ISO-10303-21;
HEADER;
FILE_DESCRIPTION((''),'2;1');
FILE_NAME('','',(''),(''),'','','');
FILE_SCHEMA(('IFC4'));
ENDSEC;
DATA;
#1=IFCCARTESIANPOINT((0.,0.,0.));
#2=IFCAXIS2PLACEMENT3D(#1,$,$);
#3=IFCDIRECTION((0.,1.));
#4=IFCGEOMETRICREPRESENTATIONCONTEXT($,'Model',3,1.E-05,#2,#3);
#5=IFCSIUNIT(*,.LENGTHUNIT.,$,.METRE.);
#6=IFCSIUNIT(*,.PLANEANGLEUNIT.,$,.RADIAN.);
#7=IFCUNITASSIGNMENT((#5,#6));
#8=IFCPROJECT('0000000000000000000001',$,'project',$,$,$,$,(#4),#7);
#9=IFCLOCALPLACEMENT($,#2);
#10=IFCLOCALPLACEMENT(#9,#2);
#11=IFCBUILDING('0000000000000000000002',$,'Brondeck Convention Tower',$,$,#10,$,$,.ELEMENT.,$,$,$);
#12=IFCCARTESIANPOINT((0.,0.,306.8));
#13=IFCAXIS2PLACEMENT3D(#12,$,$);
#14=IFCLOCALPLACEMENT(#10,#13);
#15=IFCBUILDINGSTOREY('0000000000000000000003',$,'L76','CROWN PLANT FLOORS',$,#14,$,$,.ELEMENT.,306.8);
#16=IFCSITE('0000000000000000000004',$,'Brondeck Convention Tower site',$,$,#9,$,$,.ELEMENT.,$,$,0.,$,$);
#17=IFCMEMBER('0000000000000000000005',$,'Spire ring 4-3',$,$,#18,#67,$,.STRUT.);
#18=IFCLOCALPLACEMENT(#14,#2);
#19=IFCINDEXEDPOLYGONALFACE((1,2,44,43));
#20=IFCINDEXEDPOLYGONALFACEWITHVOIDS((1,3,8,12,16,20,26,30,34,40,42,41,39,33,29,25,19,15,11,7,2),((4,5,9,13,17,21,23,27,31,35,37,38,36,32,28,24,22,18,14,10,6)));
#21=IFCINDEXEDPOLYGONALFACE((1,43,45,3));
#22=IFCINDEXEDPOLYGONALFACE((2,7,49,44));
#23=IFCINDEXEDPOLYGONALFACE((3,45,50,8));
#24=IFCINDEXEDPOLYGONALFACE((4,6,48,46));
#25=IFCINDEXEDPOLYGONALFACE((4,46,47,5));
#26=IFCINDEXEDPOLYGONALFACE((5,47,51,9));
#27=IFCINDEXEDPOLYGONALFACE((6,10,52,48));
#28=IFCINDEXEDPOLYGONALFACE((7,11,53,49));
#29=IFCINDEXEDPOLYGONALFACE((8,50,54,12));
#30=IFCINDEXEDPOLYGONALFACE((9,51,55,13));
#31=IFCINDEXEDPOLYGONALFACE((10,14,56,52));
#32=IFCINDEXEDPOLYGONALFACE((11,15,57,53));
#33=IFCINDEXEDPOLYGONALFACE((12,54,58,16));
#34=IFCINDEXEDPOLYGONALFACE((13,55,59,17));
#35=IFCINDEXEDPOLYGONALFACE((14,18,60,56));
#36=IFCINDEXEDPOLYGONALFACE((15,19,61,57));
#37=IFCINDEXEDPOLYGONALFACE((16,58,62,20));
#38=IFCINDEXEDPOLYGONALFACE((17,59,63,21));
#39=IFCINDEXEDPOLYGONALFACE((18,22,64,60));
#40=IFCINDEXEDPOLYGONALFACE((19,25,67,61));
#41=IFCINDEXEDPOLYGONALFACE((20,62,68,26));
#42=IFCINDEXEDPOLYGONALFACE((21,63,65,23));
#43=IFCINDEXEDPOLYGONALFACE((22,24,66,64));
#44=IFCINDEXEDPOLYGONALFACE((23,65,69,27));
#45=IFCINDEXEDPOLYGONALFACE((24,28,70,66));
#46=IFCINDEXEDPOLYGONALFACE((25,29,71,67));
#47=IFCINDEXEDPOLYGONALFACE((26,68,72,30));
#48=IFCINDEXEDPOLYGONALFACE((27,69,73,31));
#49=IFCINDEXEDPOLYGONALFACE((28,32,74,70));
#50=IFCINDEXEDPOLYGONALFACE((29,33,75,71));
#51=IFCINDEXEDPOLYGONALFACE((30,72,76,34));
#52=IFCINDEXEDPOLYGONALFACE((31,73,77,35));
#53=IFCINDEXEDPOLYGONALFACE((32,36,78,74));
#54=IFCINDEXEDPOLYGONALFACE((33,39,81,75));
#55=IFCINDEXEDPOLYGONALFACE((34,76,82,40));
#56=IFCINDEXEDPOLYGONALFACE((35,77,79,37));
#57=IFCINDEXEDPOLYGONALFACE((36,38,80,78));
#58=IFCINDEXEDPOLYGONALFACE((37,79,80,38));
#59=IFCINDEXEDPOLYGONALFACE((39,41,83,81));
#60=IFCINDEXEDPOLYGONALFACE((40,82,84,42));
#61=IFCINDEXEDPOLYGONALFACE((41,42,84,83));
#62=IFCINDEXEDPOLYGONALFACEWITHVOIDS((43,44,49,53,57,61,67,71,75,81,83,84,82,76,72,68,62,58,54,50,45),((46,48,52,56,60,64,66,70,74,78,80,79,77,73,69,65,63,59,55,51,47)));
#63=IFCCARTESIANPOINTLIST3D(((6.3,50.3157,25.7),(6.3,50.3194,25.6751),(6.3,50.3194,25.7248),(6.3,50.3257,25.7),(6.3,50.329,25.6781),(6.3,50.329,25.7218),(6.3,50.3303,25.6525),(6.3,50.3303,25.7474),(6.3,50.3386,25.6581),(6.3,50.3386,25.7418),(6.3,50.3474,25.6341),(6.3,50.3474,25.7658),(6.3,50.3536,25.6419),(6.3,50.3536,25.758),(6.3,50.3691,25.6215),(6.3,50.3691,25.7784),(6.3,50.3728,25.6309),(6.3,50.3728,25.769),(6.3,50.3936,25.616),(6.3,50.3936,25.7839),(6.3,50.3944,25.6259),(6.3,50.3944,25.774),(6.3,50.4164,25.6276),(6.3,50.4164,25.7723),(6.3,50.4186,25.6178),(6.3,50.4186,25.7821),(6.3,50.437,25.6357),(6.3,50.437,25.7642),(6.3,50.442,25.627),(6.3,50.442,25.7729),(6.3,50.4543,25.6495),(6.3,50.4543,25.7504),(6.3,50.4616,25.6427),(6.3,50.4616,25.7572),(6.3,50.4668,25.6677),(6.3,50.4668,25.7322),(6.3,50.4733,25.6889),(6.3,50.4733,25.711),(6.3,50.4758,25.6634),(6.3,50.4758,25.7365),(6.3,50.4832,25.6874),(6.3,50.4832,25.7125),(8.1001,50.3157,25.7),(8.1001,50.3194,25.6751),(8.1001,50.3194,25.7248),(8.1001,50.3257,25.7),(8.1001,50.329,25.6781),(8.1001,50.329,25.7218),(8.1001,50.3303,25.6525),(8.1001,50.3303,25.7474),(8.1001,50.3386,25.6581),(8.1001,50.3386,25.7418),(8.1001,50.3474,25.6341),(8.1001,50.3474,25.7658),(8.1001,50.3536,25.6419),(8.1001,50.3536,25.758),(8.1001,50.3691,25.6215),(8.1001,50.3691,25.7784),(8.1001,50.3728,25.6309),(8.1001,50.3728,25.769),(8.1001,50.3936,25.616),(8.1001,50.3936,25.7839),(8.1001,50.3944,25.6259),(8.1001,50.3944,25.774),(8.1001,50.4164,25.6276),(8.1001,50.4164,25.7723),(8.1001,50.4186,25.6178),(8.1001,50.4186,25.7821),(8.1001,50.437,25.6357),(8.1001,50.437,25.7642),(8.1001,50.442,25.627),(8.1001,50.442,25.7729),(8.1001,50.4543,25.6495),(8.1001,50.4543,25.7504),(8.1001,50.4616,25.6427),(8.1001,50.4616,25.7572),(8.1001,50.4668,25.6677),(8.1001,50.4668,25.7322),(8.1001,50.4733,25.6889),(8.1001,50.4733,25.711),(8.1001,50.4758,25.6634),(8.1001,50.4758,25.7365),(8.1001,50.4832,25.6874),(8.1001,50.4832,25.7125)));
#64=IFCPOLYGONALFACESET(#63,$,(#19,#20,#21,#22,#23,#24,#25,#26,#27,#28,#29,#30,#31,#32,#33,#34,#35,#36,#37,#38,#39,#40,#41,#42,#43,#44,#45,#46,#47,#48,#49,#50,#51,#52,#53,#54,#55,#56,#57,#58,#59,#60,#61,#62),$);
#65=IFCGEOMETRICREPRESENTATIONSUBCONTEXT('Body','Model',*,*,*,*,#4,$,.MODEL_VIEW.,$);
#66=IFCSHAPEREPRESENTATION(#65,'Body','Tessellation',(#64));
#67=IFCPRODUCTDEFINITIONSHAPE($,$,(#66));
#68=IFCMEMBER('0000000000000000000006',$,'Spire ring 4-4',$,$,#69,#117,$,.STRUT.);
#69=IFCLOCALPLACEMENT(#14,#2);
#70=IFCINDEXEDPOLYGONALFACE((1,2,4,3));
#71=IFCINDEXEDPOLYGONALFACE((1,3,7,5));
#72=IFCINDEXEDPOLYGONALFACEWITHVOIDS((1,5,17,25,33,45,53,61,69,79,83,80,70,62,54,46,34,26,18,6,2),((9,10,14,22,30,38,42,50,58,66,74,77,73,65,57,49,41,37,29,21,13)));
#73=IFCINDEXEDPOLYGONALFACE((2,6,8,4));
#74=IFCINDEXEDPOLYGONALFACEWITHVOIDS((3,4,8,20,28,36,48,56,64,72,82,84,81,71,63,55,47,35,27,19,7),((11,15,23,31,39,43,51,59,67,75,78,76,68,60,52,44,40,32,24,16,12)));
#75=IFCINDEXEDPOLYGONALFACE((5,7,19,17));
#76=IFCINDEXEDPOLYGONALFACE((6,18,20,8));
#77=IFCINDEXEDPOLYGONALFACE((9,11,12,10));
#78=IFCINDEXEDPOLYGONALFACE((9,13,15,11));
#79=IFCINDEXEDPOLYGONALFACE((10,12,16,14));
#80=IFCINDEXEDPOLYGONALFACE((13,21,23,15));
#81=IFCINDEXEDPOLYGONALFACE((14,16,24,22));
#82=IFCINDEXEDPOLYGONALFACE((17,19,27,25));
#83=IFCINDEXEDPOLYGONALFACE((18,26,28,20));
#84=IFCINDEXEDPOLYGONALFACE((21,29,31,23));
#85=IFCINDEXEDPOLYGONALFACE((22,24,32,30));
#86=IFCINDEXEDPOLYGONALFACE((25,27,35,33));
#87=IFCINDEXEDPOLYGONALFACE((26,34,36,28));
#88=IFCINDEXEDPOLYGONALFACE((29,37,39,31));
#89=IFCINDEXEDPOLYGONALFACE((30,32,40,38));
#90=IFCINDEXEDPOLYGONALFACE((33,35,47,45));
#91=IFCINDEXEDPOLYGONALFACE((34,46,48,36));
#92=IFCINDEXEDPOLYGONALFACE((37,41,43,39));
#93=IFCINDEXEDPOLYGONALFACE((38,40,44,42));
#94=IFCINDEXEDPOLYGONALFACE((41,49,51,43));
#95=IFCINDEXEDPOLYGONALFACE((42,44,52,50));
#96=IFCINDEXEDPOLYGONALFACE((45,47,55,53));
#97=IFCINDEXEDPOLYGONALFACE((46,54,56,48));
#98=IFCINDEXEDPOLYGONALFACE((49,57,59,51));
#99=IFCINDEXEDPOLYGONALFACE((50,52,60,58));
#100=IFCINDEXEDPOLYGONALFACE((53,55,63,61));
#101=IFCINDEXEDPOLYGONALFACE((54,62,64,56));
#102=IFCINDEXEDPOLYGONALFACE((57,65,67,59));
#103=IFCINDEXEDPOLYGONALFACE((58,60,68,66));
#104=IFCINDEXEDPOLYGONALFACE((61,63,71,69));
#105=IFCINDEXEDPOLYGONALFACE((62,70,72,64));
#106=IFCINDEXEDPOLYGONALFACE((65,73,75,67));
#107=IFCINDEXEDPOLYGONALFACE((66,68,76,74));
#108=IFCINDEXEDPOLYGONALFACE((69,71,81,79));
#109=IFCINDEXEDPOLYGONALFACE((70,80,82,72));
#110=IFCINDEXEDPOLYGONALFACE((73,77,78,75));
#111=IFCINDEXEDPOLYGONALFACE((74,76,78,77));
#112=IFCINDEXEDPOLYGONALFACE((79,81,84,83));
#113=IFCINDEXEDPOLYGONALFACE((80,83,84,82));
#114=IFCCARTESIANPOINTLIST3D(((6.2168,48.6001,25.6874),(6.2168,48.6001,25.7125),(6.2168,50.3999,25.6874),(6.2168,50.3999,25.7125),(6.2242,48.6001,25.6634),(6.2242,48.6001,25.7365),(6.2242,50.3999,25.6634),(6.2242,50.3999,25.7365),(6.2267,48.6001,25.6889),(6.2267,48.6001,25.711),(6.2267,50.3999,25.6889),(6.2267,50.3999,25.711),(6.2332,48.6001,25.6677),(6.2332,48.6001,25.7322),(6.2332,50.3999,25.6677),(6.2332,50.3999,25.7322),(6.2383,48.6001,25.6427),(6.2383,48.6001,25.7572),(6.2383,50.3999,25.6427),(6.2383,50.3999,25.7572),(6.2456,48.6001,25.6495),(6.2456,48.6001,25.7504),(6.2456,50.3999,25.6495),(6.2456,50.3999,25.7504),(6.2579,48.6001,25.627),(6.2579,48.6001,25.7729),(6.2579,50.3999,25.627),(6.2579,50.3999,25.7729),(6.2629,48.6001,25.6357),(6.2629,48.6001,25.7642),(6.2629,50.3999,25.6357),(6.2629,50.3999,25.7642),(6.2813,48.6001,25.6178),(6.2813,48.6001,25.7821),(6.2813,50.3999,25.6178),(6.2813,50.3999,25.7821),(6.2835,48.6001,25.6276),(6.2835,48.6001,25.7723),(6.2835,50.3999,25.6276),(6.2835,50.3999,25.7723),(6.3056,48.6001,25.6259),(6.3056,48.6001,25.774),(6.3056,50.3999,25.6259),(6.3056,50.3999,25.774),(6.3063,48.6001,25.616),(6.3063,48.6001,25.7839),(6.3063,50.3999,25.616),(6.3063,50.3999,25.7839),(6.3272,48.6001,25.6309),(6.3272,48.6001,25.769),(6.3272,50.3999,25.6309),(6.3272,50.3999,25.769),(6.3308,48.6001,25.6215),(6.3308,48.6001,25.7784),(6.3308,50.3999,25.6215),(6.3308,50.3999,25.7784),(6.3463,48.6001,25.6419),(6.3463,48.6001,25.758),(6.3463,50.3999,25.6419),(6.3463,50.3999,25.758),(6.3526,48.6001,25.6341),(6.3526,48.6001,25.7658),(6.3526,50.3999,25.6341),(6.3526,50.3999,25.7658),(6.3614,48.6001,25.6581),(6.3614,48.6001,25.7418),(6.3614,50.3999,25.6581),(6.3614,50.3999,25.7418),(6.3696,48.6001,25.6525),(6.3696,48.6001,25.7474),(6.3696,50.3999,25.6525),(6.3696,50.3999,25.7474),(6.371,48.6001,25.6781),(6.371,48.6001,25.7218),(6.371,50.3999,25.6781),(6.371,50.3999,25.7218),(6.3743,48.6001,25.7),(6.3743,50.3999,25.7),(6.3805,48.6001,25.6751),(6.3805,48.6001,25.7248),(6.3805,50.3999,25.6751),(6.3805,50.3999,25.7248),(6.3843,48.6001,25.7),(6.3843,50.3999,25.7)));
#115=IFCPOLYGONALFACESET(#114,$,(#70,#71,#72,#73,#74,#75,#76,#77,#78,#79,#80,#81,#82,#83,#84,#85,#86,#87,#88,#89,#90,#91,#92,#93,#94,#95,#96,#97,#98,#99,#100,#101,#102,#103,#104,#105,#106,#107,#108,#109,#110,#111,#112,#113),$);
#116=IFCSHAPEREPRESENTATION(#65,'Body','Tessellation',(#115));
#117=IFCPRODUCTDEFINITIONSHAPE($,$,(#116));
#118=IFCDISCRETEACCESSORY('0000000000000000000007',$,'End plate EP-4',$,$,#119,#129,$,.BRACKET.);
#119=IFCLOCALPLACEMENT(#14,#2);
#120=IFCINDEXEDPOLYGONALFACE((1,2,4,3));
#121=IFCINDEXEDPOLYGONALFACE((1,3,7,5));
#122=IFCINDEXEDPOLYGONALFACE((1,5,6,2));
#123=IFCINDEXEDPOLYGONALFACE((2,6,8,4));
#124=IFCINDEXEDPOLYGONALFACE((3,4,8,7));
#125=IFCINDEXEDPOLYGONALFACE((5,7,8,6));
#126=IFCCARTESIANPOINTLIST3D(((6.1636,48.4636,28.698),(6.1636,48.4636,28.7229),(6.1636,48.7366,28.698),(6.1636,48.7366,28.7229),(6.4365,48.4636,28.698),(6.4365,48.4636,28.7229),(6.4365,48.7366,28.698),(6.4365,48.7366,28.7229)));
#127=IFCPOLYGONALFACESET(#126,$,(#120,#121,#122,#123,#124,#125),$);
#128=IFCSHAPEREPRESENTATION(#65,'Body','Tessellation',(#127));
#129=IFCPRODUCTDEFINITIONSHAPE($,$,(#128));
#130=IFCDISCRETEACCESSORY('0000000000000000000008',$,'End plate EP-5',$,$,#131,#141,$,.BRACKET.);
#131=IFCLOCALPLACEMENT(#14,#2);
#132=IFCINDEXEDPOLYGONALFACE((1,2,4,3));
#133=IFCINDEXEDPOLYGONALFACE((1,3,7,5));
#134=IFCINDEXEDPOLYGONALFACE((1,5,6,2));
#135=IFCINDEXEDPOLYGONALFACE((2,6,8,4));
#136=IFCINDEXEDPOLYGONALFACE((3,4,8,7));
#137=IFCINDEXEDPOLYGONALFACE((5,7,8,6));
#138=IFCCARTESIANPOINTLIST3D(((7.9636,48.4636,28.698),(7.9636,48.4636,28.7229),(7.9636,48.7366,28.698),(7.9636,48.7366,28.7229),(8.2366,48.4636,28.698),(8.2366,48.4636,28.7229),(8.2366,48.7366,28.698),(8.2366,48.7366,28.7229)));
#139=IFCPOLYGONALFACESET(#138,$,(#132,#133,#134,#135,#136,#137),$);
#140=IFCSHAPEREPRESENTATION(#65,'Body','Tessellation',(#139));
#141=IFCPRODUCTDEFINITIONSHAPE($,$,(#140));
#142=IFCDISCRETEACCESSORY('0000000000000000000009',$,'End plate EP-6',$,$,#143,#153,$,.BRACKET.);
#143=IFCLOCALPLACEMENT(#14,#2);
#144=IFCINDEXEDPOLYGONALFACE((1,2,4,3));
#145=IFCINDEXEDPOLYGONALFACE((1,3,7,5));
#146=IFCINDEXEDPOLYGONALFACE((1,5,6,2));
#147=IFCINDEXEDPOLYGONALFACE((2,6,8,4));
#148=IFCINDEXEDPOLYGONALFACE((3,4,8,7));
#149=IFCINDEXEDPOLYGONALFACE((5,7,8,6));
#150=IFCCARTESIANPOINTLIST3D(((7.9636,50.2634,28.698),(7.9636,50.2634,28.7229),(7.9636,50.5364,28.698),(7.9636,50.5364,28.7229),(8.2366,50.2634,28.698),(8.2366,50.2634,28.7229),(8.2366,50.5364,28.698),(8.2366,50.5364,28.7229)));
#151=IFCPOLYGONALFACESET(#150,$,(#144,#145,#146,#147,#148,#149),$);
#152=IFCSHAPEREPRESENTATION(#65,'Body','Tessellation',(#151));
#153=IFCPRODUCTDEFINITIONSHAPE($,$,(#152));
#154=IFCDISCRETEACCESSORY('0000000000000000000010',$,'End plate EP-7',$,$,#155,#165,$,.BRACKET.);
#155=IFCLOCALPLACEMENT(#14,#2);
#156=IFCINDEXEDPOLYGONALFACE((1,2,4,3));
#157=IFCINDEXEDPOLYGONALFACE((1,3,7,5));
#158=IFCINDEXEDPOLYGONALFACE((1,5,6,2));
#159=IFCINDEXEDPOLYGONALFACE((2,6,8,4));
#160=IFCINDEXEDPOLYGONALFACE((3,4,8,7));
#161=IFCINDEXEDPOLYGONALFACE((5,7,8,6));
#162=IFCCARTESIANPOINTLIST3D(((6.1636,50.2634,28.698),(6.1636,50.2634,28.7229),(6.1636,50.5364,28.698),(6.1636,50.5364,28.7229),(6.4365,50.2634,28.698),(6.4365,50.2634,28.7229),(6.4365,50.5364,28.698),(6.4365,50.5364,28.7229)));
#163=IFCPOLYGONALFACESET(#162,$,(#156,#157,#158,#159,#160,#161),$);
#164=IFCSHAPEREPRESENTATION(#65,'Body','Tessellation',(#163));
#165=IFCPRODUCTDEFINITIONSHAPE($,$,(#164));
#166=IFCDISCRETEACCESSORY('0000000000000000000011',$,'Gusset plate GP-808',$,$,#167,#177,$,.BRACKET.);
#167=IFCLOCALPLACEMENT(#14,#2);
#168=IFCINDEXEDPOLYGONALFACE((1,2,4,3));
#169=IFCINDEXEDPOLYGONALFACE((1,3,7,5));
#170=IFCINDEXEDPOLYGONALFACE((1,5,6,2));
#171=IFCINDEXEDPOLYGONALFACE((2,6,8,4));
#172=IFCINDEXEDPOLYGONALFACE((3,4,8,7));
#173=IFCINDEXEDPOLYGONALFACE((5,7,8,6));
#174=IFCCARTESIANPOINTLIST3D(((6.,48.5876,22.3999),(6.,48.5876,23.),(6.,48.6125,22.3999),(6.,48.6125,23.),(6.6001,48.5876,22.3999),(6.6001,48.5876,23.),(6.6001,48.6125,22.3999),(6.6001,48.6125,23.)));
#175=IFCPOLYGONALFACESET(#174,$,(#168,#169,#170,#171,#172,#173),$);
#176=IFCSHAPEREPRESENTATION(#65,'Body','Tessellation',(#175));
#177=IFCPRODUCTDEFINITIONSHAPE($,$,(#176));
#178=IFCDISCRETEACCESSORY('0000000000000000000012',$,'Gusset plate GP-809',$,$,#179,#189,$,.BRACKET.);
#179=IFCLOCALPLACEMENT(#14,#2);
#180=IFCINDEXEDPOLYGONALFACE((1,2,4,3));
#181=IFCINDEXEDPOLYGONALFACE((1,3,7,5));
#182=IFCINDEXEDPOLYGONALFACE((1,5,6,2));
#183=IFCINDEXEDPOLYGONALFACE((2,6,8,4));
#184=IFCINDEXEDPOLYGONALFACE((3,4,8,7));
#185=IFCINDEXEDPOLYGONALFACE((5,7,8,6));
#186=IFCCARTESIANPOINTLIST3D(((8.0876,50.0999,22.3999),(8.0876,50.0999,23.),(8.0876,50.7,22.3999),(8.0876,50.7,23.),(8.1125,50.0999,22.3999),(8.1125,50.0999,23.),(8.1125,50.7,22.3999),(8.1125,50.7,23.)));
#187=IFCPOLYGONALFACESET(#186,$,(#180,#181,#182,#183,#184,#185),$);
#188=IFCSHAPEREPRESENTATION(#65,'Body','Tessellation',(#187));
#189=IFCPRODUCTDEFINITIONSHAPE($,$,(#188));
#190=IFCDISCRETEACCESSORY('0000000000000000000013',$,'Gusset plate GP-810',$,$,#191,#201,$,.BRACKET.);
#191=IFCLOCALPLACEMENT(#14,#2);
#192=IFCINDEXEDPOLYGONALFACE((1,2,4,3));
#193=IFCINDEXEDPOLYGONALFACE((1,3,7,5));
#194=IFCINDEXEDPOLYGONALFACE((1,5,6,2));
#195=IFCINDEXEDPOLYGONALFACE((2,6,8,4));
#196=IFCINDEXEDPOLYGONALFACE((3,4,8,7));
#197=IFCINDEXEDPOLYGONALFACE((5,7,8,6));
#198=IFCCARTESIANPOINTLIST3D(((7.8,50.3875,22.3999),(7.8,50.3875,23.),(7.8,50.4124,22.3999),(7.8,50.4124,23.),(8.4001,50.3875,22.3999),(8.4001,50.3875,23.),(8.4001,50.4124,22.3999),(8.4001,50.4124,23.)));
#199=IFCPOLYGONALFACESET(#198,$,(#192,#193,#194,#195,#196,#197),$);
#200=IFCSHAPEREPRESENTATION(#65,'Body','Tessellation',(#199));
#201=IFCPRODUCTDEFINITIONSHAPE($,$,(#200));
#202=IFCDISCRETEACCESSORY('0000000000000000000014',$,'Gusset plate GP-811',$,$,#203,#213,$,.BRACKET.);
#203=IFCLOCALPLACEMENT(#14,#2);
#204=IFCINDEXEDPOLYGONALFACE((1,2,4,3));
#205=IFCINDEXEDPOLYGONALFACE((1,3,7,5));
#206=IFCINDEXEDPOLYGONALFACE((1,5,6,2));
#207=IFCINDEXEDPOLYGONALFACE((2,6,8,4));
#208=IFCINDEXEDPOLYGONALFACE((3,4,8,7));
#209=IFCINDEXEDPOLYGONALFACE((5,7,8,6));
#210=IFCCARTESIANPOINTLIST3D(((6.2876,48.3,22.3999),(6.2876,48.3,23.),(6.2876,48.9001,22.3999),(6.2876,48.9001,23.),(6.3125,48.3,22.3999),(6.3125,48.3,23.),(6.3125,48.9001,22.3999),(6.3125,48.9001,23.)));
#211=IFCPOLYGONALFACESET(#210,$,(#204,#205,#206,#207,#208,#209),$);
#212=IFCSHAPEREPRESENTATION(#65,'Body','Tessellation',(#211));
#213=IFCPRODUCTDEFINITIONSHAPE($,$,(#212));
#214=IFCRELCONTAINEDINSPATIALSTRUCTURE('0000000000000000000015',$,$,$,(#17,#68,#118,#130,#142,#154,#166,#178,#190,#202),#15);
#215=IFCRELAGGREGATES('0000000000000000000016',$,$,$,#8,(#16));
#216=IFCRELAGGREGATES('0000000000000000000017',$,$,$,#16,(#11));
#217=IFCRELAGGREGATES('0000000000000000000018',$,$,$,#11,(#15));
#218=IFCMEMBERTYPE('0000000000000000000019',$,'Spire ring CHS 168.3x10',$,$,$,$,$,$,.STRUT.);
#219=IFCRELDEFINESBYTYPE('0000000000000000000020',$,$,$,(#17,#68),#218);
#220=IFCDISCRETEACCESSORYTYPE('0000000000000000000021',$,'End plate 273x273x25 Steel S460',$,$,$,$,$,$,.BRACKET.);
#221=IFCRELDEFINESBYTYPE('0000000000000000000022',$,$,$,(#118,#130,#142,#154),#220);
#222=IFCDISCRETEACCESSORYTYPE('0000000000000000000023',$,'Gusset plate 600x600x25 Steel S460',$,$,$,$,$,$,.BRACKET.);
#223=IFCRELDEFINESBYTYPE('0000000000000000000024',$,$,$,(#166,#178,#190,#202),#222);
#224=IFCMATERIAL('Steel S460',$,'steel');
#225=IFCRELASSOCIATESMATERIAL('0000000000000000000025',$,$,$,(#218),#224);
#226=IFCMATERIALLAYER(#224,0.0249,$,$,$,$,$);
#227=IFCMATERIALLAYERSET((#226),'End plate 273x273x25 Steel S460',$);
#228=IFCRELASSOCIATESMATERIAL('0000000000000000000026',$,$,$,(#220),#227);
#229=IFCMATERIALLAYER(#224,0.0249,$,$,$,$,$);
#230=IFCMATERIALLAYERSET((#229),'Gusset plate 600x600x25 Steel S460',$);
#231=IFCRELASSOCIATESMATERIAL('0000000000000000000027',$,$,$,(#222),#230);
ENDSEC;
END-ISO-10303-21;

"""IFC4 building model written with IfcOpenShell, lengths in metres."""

from ifc_helpers import new_model, si_unit, direction, frame, origin, origin_2d, place, context, subcontext, project, spatial, rectangle, hollow_circle, extrude, material, layer, layer_set, material_profile, profile_set, type_object, element, save


model = new_model("IFC4")

# Units and contexts
model_context = context("Model", 3, precision=1e-05, world=origin(), true_north=direction((0.0, 1.0)))
body_context = subcontext(model_context, "Body", "Model", "MODEL_VIEW")
ifc_project = project(units=[si_unit("LENGTHUNIT", "METRE"), si_unit("PLANEANGLEUNIT", "RADIAN")], contexts=[model_context])

# Site, building, storey
site_placement = place(None, origin())
site = spatial("IfcSite", under=ifc_project, at=site_placement, Name="Brondeck Convention Tower site", CompositionType="ELEMENT", RefElevation=0.0)
building_placement = place(site_placement, origin())
building = spatial("IfcBuilding", under=site, at=building_placement, Name="Brondeck Convention Tower", CompositionType="ELEMENT")
storey_placement = place(building_placement, frame((0.0, 0.0, 306.8)))
storey = spatial("IfcBuildingStorey", under=building, at=storey_placement, Name="L76", Description="CROWN PLANT FLOORS", CompositionType="ELEMENT", Elevation=306.8)

# Members
ifc_material = material(Name="Steel S460", Category="steel")
ifc_material_profile_1 = material_profile(ifc_material, hollow_circle(Radius=0.0842, WallThickness=0.01, at=origin_2d()), Name="CHS 168.3x10")
ifc_profile_set_1 = profile_set([ifc_material_profile_1], Name="Steel S460")
member_type_1 = type_object("IfcMemberType", Name="Spire ring CHS 168.3x10", PredefinedType="STRUT", material=ifc_profile_set_1)
member_1_placement = place(storey_placement, frame((8.1001, 50.3999, 25.7), z_axis=(-1.0, 0.0, 0.0), x_axis=(0.0, -1.0, 0.0)))
element("IfcMember", 1, at=member_1_placement, inside=storey, type_object=member_type_1, Name="Spire ring 4-3", PredefinedType="STRUT", context=body_context, shape_type="SweptSolid", body=[
    extrude(hollow_circle(Radius=0.0842, WallThickness=0.01, at=origin_2d()), origin(), (0.0, 0.0, 1.0), 1.8),
])
member_2_placement = place(storey_placement, frame((6.3, 50.3999, 25.7), z_axis=(0.0, -1.0, 0.0), x_axis=(1.0, 0.0, 0.0)))
element("IfcMember", 2, at=member_2_placement, inside=storey, type_object=member_type_1, Name="Spire ring 4-4", PredefinedType="STRUT", context=body_context, shape_type="SweptSolid", body=[
    extrude(hollow_circle(Radius=0.0842, WallThickness=0.01, at=origin_2d()), origin(), (0.0, 0.0, 1.0), 1.7998),
])

# Discrete accessories
ifc_layer_1 = layer(ifc_material, 0.0249)
ifc_layer_set_1 = layer_set([ifc_layer_1], Name="End plate 273x273x25 Steel S460")
discrete_accessory_type_1 = type_object("IfcDiscreteAccessoryType", Name="End plate 273x273x25 Steel S460", PredefinedType="BRACKET", material=ifc_layer_set_1)
for number, where, z_axis, x_axis, name in (
    (3, (6.3, 48.6001, 28.698), (0.0, 0.0, 1.0), (1.0, 0.0, 0.0), "End plate EP-4"),
    (4, (8.1001, 48.6001, 28.698), (0.0, 0.0, 1.0), (1.0, 0.0, 0.0), "End plate EP-5"),
    (5, (8.1001, 50.3999, 28.698), (0.0, 0.0, 1.0), (1.0, 0.0, 0.0), "End plate EP-6"),
    (6, (6.3, 50.3999, 28.698), (0.0, 0.0, 1.0), (1.0, 0.0, 0.0), "End plate EP-7"),
):
    element("IfcDiscreteAccessory", number, at=place(storey_placement, frame(where, z_axis=z_axis, x_axis=x_axis)), inside=storey, type_object=discrete_accessory_type_1, Name=name, PredefinedType="BRACKET", context=body_context, shape_type="SweptSolid", body=[
        extrude(rectangle(XDim=0.2729, YDim=0.2729, at=origin_2d()), origin(), (0.0, 0.0, 1.0), 0.0249),
    ])
ifc_layer_2 = layer(ifc_material, 0.0249)
ifc_layer_set_2 = layer_set([ifc_layer_2], Name="Gusset plate 600x600x25 Steel S460")
discrete_accessory_type_2 = type_object("IfcDiscreteAccessoryType", Name="Gusset plate 600x600x25 Steel S460", PredefinedType="BRACKET", material=ifc_layer_set_2)
for number, where, z_axis, x_axis, name in (
    (7, (6.3, 48.6001, 22.3999), (0.0, 0.0, 1.0), (1.0, 0.0, 0.0), "Gusset plate GP-808"),
    (8, (8.1001, 50.3999, 22.3999), (0.0, 0.0, 1.0), (0.0, 1.0, 0.0), "Gusset plate GP-809"),
    (9, (8.1001, 50.3999, 22.3999), (0.0, 0.0, 1.0), (1.0, 0.0, 0.0), "Gusset plate GP-810"),
    (10, (6.3, 48.6001, 22.3999), (0.0, 0.0, 1.0), (0.0, 1.0, 0.0), "Gusset plate GP-811"),
):
    element("IfcDiscreteAccessory", number, at=place(storey_placement, frame(where, z_axis=z_axis, x_axis=x_axis)), inside=storey, type_object=discrete_accessory_type_2, Name=name, PredefinedType="BRACKET", context=body_context, shape_type="SweptSolid", body=[
        extrude(rectangle(XDim=0.6001, YDim=0.0249, at=origin_2d()), origin(), (0.0, 0.0, 1.0), 0.6001),
    ])

save(model, "model.ifc")
